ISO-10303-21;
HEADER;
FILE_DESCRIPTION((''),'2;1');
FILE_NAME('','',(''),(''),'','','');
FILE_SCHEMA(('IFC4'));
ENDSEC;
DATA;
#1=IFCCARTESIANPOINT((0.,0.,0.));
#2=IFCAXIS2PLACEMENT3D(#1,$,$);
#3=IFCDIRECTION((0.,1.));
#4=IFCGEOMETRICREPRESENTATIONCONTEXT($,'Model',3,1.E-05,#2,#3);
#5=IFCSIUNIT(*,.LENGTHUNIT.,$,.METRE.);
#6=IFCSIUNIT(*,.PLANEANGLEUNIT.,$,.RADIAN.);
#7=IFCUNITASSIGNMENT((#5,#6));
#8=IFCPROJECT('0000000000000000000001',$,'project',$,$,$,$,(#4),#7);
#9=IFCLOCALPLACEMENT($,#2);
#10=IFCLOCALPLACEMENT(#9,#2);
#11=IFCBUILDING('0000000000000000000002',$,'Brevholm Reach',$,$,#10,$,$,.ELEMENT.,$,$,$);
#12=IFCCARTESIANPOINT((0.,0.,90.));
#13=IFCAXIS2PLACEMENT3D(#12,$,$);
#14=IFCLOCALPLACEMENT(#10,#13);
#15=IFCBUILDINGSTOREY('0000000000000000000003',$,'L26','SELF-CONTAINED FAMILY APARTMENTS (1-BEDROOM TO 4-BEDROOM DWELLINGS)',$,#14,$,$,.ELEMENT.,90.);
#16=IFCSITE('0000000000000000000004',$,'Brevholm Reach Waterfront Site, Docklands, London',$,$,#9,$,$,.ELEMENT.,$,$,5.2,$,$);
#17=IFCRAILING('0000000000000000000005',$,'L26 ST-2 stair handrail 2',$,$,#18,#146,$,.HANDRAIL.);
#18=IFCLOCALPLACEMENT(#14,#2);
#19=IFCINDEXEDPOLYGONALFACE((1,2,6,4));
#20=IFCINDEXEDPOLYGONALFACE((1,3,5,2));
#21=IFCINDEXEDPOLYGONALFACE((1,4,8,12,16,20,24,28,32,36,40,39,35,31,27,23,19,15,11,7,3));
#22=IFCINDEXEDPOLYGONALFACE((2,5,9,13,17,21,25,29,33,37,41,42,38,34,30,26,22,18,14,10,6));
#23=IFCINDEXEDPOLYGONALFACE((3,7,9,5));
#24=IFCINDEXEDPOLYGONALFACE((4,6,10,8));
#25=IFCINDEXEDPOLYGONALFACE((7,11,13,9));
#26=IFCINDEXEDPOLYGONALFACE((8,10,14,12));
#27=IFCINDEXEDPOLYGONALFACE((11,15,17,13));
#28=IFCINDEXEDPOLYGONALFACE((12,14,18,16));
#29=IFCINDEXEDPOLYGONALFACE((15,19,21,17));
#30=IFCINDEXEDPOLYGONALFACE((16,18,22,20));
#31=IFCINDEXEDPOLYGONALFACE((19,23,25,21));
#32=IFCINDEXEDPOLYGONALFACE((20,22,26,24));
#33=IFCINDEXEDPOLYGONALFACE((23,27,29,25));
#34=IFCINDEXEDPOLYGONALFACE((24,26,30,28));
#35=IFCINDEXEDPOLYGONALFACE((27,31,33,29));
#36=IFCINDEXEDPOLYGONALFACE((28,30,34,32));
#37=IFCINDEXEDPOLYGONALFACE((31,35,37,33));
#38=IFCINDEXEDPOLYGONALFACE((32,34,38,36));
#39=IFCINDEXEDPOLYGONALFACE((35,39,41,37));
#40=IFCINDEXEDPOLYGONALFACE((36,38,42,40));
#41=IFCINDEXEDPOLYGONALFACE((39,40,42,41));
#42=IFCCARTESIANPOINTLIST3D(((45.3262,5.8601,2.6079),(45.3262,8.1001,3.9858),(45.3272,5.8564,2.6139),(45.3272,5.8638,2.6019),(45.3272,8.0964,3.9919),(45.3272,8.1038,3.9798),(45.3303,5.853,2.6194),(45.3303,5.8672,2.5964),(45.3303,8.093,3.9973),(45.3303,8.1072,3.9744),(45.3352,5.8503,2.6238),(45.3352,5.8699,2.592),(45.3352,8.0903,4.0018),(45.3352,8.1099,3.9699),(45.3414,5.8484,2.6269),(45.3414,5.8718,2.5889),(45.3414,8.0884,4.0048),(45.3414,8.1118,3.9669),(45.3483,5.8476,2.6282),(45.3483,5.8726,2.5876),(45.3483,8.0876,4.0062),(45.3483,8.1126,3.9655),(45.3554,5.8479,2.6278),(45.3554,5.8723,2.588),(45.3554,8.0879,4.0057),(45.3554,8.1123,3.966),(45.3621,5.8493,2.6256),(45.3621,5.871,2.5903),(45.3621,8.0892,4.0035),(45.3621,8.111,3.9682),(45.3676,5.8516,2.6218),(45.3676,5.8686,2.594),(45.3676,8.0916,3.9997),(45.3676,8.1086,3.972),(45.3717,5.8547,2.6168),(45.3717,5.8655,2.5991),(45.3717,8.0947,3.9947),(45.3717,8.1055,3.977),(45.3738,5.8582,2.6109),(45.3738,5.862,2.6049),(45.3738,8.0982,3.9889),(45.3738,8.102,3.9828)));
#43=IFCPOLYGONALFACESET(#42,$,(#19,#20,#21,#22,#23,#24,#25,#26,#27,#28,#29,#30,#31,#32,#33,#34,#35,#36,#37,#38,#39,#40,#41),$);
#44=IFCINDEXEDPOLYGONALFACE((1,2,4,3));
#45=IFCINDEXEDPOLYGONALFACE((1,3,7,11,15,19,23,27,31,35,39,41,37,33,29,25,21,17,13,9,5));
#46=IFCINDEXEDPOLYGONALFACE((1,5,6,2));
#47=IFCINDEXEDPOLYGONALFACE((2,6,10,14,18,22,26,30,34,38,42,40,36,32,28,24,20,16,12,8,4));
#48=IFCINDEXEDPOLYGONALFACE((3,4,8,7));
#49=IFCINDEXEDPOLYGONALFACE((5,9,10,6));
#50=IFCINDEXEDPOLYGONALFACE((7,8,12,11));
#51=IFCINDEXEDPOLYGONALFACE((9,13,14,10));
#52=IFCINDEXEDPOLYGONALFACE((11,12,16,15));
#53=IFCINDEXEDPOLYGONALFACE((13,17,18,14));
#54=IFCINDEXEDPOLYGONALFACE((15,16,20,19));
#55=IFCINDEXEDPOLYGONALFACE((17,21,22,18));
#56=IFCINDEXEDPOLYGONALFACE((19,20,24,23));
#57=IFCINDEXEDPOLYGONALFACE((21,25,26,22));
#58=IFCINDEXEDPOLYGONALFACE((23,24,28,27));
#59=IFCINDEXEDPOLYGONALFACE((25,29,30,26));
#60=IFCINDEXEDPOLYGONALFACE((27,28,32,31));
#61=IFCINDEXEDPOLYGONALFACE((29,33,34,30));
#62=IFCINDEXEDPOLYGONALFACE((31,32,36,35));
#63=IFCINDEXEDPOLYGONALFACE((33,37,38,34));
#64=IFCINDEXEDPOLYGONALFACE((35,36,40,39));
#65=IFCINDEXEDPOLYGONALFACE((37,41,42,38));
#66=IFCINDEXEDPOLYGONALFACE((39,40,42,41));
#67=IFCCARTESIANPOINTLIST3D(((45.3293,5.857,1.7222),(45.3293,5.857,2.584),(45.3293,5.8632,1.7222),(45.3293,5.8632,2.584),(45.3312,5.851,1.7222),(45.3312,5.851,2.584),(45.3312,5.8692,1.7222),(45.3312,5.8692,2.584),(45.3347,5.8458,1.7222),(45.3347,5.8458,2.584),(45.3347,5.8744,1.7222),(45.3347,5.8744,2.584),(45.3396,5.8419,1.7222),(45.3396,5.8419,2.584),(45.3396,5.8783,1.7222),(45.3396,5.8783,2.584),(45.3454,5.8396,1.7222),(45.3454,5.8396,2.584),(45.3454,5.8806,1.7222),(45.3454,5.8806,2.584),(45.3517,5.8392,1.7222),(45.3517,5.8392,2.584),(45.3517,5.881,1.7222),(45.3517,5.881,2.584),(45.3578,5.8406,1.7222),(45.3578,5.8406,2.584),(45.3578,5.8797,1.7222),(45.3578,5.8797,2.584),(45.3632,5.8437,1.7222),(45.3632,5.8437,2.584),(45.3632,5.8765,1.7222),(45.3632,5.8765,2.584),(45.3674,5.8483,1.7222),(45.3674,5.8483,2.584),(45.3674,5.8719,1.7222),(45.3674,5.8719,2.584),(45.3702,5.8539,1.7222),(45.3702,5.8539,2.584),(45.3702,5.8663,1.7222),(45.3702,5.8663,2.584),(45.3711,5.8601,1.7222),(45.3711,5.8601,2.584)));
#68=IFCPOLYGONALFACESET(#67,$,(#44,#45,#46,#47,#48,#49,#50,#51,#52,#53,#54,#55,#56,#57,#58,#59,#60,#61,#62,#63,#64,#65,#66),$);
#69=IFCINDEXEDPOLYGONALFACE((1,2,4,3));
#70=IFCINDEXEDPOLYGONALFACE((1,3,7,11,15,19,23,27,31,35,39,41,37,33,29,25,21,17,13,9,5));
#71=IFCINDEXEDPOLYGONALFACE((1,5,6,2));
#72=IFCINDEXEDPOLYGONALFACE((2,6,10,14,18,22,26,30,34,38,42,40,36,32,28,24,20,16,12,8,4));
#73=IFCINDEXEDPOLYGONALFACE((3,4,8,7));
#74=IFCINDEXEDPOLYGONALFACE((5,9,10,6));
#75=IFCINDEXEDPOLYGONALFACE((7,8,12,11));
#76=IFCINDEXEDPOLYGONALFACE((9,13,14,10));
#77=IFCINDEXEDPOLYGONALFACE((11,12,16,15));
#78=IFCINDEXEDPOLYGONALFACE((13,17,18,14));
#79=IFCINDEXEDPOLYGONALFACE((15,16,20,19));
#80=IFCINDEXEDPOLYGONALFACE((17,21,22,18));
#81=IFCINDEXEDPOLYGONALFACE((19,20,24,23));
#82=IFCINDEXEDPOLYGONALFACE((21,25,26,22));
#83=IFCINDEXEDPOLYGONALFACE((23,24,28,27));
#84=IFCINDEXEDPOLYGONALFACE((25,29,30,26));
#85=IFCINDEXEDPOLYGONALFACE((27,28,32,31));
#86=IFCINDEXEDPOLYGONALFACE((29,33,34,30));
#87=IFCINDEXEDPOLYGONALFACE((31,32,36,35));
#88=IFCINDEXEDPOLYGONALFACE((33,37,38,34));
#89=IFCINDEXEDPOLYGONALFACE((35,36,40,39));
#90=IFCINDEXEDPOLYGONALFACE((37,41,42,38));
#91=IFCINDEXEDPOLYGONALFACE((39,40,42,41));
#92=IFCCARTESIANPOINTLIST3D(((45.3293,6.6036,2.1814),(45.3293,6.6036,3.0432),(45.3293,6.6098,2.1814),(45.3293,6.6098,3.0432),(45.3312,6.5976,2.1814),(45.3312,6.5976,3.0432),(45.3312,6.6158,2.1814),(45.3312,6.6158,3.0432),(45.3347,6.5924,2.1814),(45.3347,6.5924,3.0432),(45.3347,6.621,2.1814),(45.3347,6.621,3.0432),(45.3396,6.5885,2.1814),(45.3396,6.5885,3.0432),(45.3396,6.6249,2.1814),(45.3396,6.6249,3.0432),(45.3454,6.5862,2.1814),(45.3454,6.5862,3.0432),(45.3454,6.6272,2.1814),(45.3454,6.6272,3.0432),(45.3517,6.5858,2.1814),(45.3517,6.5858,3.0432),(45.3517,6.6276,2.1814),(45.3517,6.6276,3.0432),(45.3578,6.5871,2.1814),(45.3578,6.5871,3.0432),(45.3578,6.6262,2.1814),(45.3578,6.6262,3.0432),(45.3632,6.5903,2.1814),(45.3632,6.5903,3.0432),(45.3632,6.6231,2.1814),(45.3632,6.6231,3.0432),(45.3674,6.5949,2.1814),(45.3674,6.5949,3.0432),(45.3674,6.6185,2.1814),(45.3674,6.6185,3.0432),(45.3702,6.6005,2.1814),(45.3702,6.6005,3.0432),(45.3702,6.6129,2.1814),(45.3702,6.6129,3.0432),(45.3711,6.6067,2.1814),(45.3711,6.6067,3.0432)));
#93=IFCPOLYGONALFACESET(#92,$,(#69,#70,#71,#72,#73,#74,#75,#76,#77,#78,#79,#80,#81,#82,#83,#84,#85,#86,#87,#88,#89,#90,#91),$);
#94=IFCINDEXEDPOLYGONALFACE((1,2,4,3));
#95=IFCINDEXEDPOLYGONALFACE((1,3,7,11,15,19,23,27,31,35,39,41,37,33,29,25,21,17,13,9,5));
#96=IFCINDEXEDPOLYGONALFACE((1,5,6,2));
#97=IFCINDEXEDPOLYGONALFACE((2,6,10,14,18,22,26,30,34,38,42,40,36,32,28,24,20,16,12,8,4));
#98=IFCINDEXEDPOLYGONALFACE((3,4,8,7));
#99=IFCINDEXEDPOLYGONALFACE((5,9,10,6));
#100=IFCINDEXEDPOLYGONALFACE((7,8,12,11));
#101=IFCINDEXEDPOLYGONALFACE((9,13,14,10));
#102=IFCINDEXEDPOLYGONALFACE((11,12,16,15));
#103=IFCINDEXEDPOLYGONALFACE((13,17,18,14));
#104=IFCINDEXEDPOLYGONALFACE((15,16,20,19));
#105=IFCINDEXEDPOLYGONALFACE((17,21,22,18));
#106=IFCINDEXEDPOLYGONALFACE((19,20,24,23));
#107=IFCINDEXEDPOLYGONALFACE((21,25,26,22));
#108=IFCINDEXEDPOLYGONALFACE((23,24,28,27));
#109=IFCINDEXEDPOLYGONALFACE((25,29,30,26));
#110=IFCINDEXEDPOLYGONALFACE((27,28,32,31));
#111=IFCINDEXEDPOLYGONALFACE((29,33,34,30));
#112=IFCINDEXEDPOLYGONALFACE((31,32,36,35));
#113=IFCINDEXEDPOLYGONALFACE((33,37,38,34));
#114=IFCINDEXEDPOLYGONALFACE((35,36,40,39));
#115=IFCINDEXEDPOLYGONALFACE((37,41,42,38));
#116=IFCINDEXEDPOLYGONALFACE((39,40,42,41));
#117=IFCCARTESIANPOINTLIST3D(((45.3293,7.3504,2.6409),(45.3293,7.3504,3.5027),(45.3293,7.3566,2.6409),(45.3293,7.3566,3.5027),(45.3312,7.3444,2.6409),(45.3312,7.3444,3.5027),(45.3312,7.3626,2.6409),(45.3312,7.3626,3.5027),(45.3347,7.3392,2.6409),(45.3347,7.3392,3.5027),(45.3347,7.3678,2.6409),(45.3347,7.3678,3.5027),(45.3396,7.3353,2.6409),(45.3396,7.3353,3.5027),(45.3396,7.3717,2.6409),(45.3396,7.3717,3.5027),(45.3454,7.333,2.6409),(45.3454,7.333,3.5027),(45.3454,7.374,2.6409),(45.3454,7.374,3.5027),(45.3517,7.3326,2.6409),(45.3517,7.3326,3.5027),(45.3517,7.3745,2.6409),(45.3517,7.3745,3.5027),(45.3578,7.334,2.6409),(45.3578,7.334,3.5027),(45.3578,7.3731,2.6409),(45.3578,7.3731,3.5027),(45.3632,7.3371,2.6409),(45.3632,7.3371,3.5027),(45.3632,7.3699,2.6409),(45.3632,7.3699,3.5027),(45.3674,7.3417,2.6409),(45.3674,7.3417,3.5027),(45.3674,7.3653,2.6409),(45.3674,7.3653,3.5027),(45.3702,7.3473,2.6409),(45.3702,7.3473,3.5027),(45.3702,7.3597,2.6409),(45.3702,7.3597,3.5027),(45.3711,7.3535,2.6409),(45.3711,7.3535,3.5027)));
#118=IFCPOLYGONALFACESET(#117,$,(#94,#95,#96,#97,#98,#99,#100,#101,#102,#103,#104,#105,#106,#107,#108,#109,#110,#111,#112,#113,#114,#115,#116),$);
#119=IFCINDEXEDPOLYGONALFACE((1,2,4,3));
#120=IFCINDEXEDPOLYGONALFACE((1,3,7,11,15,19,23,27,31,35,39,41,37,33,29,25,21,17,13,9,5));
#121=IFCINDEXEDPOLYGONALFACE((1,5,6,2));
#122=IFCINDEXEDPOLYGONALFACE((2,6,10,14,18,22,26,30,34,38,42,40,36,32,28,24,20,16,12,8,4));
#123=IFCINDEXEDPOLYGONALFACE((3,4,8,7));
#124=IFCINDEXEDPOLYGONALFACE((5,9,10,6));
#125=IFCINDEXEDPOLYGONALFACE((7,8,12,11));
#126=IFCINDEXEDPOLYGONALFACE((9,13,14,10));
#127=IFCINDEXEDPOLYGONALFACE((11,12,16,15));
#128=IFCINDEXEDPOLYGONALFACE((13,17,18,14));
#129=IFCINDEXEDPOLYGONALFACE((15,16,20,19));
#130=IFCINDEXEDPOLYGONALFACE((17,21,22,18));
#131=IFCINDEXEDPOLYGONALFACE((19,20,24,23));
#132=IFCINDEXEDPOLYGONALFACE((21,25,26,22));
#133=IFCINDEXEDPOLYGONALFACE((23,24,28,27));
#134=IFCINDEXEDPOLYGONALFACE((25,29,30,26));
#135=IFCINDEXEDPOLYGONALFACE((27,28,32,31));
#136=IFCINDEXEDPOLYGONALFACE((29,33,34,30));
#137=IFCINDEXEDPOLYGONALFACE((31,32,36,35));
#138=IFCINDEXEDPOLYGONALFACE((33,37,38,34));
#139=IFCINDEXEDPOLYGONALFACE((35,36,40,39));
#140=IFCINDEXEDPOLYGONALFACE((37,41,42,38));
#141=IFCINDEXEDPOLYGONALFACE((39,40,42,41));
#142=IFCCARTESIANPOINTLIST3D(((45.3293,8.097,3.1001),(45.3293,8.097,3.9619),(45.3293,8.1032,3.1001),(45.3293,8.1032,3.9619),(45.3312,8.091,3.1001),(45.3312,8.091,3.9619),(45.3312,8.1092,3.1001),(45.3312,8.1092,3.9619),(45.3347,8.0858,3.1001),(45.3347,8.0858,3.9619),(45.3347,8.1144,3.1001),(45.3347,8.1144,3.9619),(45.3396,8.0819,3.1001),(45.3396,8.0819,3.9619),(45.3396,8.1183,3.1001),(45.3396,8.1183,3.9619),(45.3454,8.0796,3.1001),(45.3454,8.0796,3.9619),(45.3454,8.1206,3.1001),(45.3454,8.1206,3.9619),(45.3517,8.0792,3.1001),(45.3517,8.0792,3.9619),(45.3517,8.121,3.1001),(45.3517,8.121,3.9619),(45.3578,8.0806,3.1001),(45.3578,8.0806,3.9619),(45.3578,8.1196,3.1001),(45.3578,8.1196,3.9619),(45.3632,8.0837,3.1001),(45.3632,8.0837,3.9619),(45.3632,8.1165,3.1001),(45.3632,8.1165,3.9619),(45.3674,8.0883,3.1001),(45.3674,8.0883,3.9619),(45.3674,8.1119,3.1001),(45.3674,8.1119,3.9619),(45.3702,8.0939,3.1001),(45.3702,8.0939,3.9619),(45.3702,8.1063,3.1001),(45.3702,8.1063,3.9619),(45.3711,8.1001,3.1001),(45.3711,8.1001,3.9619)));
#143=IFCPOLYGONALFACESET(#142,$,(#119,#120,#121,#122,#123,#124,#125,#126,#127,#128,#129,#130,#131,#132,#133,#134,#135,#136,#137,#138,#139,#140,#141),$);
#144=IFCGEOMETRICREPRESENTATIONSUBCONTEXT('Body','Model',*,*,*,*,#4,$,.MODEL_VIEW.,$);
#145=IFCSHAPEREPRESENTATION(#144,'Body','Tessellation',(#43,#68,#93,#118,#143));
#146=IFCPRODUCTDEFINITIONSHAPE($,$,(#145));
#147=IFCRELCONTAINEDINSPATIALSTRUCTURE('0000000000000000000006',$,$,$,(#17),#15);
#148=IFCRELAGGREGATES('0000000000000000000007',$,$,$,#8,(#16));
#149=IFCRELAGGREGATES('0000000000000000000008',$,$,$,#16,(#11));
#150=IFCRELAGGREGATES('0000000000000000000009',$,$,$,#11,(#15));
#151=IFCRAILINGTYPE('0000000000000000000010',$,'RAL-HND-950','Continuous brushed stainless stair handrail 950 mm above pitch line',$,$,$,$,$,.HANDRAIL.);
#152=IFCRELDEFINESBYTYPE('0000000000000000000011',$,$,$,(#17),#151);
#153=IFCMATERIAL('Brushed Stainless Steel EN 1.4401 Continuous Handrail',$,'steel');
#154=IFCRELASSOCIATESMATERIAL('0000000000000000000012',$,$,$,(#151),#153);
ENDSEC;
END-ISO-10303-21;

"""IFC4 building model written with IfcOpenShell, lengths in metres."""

from ifc_helpers import new_model, si_unit, direction, frame, origin, origin_2d, place, context, subcontext, project, spatial, circle, extrude, material, type_object, element, save


model = new_model("IFC4")

# Units and contexts
model_context = context("Model", 3, precision=1e-05, world=origin(), true_north=direction((0.0, 1.0)))
body_context = subcontext(model_context, "Body", "Model", "MODEL_VIEW")
ifc_project = project(units=[si_unit("LENGTHUNIT", "METRE"), si_unit("PLANEANGLEUNIT", "RADIAN")], contexts=[model_context])

# Site, building, storey
site_placement = place(None, origin())
site = spatial("IfcSite", under=ifc_project, at=site_placement, Name="Brevholm Reach Waterfront Site, Docklands, London", CompositionType="ELEMENT", RefElevation=5.2)
building_placement = place(site_placement, origin())
building = spatial("IfcBuilding", under=site, at=building_placement, Name="Brevholm Reach", CompositionType="ELEMENT")
storey_placement = place(building_placement, frame((0.0, 0.0, 90.0)))
storey = spatial("IfcBuildingStorey", under=building, at=storey_placement, Name="L26", Description="SELF-CONTAINED FAMILY APARTMENTS (1-BEDROOM TO 4-BEDROOM DWELLINGS)", CompositionType="ELEMENT", Elevation=90.0)

# Railing
ifc_material_1 = material(Name="Brushed Stainless Steel EN 1.4401 Continuous Handrail", Category="steel")
railing_type_1 = type_object("IfcRailingType", Name="RAL-HND-950", Description="Continuous brushed stainless stair handrail 950 mm above pitch line", PredefinedType="HANDRAIL", material=ifc_material_1)
railing_1_placement = place(storey_placement, frame((45.3501, 5.8601, 1.7222)))
element("IfcRailing", 1, at=railing_1_placement, inside=storey, type_object=railing_type_1, Name="L26 ST-2 stair handrail 2", PredefinedType="HANDRAIL", context=body_context, shape_type="SweptSolid", body=[
    extrude(circle(Radius=0.0239, at=origin_2d()), frame((0.0, 0.0, 0.8857), z_axis=(0.0, 0.851748, 0.523952), x_axis=(-1.0, 0.0, 0.0)), (0.0, 0.0, 1.0), 2.6299),
    extrude(circle(Radius=0.021, at=origin_2d()), origin(), (0.0, 0.0, 1.0), 0.8618),
    extrude(circle(Radius=0.021, at=origin_2d()), frame((0.0, 0.7466, 0.4592)), (0.0, 0.0, 1.0), 0.8618),
    extrude(circle(Radius=0.021, at=origin_2d()), frame((0.0, 1.4934, 0.9187)), (0.0, 0.0, 1.0), 0.8618),
    extrude(circle(Radius=0.021, at=origin_2d()), frame((0.0, 2.24, 1.3779)), (0.0, 0.0, 1.0), 0.8618),
])

save(model, "model.ifc")
